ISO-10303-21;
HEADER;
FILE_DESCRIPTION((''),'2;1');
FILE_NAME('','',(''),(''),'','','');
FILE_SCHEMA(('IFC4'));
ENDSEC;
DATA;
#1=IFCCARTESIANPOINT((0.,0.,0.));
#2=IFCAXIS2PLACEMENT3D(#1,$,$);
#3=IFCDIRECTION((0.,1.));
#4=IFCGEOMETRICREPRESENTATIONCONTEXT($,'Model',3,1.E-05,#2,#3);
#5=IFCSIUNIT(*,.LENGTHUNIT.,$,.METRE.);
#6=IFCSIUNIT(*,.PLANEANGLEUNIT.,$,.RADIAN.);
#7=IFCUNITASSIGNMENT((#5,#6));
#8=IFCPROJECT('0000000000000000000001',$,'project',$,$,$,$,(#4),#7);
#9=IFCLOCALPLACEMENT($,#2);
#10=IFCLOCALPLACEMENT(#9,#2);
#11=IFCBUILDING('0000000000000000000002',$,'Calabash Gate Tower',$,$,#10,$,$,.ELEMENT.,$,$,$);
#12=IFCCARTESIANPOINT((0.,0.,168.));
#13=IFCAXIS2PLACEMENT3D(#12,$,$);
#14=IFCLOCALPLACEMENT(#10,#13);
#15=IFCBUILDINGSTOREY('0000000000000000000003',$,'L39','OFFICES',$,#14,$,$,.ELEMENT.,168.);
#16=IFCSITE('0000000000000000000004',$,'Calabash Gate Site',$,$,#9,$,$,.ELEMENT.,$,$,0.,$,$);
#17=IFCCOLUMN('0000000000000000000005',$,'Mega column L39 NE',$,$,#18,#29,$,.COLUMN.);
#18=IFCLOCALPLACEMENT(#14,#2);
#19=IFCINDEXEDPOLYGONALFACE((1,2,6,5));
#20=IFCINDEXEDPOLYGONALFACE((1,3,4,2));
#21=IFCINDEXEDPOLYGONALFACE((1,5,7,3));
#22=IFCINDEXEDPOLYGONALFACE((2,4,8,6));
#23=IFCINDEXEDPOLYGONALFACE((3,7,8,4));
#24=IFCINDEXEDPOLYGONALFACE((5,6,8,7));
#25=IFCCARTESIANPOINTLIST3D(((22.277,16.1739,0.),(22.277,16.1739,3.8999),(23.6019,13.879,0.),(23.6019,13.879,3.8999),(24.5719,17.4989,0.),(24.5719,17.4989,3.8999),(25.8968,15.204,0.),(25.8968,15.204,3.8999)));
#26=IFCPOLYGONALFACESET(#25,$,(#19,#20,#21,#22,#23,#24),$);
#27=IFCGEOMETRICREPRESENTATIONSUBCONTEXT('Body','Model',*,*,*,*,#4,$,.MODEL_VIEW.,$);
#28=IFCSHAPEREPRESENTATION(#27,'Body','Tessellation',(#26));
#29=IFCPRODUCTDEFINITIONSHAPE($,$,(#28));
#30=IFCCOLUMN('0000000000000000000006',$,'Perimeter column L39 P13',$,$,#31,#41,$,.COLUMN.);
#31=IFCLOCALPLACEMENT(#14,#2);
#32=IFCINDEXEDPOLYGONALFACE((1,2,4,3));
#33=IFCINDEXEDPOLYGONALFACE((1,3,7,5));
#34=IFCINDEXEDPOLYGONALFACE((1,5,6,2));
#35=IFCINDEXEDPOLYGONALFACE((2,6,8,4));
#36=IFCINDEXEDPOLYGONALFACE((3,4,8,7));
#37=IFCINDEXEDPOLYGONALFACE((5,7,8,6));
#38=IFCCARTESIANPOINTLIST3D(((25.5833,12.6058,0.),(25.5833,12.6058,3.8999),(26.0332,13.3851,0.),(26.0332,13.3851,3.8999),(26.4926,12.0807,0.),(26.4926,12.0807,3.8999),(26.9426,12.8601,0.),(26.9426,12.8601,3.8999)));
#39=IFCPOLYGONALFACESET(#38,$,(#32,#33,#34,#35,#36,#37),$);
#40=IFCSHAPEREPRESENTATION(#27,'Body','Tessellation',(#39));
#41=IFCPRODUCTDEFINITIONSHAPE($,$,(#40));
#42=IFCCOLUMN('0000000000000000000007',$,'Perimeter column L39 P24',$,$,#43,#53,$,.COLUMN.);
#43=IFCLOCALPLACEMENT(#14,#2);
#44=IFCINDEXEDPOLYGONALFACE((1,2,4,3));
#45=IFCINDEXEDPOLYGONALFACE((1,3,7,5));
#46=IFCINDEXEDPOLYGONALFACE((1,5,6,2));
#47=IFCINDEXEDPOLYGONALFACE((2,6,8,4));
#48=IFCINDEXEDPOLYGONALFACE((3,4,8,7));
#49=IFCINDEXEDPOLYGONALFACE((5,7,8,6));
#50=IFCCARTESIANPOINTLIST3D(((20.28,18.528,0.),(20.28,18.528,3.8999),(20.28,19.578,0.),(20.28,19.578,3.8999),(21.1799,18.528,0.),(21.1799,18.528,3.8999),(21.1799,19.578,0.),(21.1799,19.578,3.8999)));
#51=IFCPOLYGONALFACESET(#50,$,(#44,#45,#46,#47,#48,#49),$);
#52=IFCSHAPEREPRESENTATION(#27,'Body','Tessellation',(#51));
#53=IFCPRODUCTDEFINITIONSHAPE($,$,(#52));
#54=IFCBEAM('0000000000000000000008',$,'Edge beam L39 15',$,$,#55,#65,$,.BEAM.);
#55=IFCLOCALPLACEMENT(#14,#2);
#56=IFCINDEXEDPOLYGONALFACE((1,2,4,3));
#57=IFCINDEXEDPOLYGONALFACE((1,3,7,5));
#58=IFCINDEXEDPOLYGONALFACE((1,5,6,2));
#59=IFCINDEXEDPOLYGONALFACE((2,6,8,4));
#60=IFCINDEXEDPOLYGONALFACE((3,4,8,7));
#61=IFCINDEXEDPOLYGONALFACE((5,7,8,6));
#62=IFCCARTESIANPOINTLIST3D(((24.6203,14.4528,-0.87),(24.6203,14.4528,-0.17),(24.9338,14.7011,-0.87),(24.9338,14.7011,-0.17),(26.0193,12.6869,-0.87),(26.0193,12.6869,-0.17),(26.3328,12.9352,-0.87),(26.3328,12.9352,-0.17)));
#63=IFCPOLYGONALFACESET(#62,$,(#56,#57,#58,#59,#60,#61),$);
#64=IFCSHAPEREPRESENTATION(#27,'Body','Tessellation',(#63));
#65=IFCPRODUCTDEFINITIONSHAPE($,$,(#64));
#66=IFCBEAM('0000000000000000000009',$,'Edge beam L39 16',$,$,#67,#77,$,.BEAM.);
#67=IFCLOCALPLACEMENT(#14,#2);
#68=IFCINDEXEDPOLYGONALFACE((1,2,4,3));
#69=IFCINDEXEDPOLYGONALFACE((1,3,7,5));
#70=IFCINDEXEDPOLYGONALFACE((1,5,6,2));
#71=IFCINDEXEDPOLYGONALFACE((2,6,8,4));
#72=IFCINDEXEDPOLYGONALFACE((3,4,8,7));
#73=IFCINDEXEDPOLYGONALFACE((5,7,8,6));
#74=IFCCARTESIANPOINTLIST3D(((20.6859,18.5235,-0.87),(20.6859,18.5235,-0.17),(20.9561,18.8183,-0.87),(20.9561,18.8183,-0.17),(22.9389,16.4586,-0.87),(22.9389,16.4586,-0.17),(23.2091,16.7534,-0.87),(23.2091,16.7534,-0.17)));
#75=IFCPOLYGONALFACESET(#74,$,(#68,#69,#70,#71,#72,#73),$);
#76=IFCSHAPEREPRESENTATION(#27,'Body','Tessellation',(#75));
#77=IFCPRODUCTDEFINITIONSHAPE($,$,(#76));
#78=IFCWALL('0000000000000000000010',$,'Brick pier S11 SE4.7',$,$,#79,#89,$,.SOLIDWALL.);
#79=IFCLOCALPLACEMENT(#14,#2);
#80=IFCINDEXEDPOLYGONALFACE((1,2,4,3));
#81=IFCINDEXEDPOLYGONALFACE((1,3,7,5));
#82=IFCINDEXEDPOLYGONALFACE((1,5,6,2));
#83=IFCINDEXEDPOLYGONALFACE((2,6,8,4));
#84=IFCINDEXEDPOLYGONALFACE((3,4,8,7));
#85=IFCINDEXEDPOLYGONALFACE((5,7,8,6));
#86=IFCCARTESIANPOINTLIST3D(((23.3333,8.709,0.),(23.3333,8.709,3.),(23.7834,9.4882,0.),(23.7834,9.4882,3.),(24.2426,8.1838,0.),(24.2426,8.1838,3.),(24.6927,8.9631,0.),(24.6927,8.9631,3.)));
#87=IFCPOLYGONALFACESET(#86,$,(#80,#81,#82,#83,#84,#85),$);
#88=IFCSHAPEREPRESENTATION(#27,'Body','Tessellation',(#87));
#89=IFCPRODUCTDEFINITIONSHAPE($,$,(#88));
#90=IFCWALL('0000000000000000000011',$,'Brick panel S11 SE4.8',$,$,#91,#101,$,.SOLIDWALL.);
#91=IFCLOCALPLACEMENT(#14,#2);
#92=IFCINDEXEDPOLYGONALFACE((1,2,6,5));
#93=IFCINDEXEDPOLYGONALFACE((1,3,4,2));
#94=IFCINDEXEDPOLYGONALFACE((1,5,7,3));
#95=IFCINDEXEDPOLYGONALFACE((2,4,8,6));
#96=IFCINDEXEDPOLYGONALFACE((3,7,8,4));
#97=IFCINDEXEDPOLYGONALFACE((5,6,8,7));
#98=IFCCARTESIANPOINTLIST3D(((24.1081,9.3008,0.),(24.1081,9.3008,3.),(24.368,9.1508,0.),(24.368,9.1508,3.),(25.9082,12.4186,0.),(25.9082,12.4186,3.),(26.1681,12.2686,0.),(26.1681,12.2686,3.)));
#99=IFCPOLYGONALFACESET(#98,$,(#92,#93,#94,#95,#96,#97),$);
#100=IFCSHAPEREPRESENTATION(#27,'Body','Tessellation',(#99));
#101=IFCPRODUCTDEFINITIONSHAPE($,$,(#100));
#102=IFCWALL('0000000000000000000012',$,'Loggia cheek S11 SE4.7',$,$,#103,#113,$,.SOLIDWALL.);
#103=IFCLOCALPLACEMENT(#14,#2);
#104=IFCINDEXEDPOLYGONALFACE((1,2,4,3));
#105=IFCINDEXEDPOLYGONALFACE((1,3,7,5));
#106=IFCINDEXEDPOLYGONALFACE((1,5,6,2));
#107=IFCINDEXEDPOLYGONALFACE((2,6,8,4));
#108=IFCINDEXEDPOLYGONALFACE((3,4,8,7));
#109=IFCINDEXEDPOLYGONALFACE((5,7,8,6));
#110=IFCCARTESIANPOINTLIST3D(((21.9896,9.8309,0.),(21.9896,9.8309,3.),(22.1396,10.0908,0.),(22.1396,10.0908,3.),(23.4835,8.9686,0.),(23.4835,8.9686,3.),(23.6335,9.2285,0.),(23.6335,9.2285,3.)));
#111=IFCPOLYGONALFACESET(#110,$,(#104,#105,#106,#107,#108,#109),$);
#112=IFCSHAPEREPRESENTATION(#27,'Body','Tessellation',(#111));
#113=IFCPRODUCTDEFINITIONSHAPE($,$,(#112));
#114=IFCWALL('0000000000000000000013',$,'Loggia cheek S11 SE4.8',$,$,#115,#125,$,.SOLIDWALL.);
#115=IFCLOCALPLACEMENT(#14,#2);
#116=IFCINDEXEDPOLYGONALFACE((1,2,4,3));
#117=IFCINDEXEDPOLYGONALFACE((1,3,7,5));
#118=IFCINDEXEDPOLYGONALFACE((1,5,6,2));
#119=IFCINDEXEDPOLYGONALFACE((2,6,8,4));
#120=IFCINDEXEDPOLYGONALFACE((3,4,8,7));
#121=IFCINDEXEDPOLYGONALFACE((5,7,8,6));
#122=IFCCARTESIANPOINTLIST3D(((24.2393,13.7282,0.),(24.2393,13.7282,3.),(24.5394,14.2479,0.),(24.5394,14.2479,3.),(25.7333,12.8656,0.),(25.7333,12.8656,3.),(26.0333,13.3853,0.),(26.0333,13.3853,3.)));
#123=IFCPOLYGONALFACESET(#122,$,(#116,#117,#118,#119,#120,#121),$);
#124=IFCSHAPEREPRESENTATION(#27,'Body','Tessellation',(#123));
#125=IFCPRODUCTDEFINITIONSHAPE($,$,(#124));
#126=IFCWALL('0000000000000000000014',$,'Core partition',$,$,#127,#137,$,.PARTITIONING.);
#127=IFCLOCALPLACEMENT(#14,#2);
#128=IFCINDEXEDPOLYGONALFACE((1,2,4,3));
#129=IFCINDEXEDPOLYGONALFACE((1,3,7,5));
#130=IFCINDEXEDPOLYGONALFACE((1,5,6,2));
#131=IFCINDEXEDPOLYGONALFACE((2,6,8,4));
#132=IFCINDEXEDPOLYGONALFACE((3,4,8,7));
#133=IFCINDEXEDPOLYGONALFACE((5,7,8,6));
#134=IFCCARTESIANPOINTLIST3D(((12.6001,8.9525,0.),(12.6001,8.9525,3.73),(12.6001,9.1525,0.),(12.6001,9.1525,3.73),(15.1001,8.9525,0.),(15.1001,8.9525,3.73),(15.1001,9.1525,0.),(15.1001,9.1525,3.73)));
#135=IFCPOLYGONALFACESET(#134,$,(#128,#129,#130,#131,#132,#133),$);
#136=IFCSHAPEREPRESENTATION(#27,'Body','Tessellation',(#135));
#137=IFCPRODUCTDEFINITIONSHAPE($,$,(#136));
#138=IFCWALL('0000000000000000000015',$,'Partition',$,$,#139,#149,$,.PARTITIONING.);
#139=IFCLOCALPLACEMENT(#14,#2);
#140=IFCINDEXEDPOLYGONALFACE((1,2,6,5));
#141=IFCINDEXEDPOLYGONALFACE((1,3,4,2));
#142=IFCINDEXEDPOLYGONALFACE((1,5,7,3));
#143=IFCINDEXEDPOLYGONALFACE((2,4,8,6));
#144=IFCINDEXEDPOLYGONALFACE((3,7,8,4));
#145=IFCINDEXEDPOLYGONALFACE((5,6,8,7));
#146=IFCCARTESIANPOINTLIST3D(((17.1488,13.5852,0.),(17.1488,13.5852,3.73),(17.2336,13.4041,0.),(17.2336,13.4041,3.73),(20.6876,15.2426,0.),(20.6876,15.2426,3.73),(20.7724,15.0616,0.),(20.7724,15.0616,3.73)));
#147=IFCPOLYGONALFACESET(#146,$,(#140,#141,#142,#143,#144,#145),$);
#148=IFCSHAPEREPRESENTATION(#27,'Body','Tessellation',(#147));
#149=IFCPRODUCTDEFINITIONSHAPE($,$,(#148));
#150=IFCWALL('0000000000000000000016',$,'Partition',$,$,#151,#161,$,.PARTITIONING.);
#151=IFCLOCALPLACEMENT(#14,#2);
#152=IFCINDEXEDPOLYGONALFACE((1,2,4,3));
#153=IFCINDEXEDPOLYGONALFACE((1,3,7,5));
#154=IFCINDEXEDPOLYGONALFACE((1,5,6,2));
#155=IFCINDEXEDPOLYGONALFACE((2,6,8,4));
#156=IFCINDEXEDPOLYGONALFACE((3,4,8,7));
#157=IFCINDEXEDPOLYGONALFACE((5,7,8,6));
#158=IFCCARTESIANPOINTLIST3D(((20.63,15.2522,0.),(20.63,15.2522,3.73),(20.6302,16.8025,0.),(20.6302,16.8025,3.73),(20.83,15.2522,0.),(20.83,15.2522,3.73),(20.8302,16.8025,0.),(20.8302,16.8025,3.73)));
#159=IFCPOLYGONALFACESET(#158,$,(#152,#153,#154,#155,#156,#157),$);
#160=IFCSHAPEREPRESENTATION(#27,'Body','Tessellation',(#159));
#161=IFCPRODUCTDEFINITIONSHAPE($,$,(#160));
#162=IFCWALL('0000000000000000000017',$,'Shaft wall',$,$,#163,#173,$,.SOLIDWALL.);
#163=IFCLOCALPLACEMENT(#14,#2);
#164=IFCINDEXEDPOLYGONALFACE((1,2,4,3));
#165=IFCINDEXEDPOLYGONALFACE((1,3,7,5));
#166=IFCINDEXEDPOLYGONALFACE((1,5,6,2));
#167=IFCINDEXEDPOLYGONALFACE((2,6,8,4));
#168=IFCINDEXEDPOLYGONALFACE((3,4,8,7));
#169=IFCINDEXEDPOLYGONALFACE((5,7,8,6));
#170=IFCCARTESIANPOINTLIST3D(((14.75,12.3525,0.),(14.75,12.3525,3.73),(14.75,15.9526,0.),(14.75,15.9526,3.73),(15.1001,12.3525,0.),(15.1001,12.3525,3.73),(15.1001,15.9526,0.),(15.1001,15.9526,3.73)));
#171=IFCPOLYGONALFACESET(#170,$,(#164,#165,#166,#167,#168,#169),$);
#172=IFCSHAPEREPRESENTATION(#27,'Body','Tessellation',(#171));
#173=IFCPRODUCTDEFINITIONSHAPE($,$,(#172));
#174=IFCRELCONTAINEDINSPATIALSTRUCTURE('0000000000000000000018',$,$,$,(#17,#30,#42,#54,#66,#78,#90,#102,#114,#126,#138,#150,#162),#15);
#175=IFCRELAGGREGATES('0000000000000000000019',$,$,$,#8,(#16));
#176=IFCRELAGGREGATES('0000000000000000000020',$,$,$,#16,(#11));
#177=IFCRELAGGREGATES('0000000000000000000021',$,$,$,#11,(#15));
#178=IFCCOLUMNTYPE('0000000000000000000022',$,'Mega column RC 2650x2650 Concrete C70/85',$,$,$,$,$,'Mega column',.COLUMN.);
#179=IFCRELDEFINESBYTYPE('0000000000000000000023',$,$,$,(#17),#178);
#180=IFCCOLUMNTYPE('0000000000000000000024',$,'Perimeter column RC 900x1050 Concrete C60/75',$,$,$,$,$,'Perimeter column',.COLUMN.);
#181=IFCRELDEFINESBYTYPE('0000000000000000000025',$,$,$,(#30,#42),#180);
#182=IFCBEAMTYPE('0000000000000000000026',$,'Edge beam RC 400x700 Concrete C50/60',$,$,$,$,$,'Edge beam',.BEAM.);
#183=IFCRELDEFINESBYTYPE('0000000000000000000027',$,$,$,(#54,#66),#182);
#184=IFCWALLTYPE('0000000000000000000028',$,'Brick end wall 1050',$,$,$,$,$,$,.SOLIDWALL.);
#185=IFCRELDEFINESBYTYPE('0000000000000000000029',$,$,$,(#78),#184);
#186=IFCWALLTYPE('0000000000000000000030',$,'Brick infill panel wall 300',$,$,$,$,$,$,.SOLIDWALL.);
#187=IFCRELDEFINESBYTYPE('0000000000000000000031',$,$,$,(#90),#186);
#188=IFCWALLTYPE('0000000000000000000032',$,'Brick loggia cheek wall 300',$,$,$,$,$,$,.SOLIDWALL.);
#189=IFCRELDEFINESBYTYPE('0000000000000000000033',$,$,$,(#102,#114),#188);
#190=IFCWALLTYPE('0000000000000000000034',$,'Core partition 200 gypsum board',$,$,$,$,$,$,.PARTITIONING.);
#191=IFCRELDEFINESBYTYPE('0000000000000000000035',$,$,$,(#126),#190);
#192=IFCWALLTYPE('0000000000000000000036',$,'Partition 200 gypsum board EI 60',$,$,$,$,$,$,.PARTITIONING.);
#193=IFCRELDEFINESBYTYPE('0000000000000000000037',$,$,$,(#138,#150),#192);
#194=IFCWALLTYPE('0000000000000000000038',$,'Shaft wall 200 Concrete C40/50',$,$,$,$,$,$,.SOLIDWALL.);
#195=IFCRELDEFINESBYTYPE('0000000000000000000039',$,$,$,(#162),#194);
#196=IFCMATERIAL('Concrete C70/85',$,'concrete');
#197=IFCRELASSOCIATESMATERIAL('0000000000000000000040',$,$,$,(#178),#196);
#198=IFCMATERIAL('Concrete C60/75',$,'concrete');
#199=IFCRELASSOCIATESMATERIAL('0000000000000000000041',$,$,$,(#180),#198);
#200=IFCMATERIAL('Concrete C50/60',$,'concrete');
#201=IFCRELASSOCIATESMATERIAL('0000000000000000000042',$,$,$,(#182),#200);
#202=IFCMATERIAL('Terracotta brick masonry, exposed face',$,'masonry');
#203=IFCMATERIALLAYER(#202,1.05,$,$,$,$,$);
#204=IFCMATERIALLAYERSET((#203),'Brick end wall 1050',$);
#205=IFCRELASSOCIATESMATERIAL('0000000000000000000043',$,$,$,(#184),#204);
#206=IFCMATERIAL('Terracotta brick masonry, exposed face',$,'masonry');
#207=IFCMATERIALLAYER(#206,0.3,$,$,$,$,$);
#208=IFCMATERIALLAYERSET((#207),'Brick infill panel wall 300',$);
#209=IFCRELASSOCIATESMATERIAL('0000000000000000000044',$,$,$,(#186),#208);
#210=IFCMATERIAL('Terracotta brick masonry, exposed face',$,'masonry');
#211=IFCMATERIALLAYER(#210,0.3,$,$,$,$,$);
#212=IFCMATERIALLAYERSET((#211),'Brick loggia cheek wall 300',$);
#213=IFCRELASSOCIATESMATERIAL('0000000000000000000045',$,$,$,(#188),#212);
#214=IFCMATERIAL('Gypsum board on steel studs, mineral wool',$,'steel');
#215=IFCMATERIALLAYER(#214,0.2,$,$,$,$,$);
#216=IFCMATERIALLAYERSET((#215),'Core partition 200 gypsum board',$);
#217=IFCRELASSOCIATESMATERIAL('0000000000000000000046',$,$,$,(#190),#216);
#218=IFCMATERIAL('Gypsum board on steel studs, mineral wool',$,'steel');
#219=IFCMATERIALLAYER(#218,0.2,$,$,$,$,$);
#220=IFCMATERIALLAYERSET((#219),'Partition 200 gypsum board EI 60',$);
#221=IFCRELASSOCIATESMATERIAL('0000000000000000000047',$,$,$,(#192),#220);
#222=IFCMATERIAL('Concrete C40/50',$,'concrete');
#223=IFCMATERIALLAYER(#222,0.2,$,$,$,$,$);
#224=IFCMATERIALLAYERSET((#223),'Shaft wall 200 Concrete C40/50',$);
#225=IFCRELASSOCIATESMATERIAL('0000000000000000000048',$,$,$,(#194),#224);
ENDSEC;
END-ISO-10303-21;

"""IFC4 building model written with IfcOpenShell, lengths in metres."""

from ifc_helpers import new_model, si_unit, direction, frame, frame_2d, origin, origin_2d, place, context, subcontext, project, spatial, rectangle, extrude, material, layer, layer_set, material_profile, profile_set, type_object, element, save


model = new_model("IFC4")

# Units and contexts
model_context = context("Model", 3, precision=1e-05, world=origin(), true_north=direction((0.0, 1.0)))
body_context = subcontext(model_context, "Body", "Model", "MODEL_VIEW")
ifc_project = project(units=[si_unit("LENGTHUNIT", "METRE"), si_unit("PLANEANGLEUNIT", "RADIAN")], contexts=[model_context])

# Site, building, storey
site_placement = place(None, origin())
site = spatial("IfcSite", under=ifc_project, at=site_placement, Name="Calabash Gate Site", CompositionType="ELEMENT", RefElevation=0.0)
building_placement = place(site_placement, origin())
building = spatial("IfcBuilding", under=site, at=building_placement, Name="Calabash Gate Tower", CompositionType="ELEMENT")
storey_placement = place(building_placement, frame((0.0, 0.0, 168.0)))
storey = spatial("IfcBuildingStorey", under=building, at=storey_placement, Name="L39", Description="OFFICES", CompositionType="ELEMENT", Elevation=168.0)

# Columns
ifc_material_1 = material(Name="Concrete C70/85", Category="concrete")
ifc_material_profile_1 = material_profile(ifc_material_1, rectangle(XDim=2.6499, YDim=2.6499, at=origin_2d()))
ifc_profile_set_1 = profile_set([ifc_material_profile_1], Name="Concrete C70/85")
column_type_1 = type_object("IfcColumnType", Name="Mega column RC 2650x2650 Concrete C70/85", ElementType="Mega column", PredefinedType="COLUMN", material=ifc_profile_set_1)
column_placement = place(storey_placement, frame((24.0869, 15.689, 0.0), z_axis=(0.0, 0.0, 1.0), x_axis=(-0.866025, -0.5, 0.0)))
element("IfcColumn", 1, at=column_placement, inside=storey, type_object=column_type_1, Name="Mega column L39 NE", PredefinedType="COLUMN", context=body_context, shape_type="SweptSolid", body=[
    extrude(rectangle(XDim=2.6499, YDim=2.6499, at=origin_2d()), origin(), (0.0, 0.0, 1.0), 3.8999),
])
ifc_material_2 = material(Name="Concrete C60/75", Category="concrete")
ifc_material_profile_2 = material_profile(ifc_material_2, rectangle(XDim=0.8999, YDim=1.05, at=origin_2d()))
ifc_profile_set_2 = profile_set([ifc_material_profile_2], Name="Concrete C60/75")
column_type_2 = type_object("IfcColumnType", Name="Perimeter column RC 900x1050 Concrete C60/75", ElementType="Perimeter column", PredefinedType="COLUMN", material=ifc_profile_set_2)
for number, where, z_axis, x_axis, name in (
    (2, (26.2629, 12.7329, 0.0), (0.0, 0.0, 1.0), (0.5, 0.866025, 0.0), "Perimeter column L39 P13"),
    (3, (20.73, 19.053, 0.0), (0.0, 0.0, 1.0), (-1.0, 0.0, 0.0), "Perimeter column L39 P24"),
):
    element("IfcColumn", number, at=place(storey_placement, frame(where, z_axis=z_axis, x_axis=x_axis)), inside=storey, type_object=column_type_2, Name=name, PredefinedType="COLUMN", context=body_context, shape_type="SweptSolid", body=[
        extrude(rectangle(XDim=0.8999, YDim=1.05, at=origin_2d()), origin(), (0.0, 0.0, 1.0), 3.8999),
    ])

# Beams
ifc_material_3 = material(Name="Concrete C50/60", Category="concrete")
ifc_material_profile_3 = material_profile(ifc_material_3, rectangle(XDim=0.3999, YDim=0.7, at=origin_2d()))
ifc_profile_set_3 = profile_set([ifc_material_profile_3], Name="Concrete C50/60")
beam_type = type_object("IfcBeamType", Name="Edge beam RC 400x700 Concrete C50/60", ElementType="Edge beam", PredefinedType="BEAM", material=ifc_profile_set_3)
beam_1_placement = place(storey_placement, frame((26.176, 12.811, -0.52), z_axis=(-0.620961, 0.783841, 0.0), x_axis=(-0.783841, -0.620961, 0.0)))
element("IfcBeam", 4, at=beam_1_placement, inside=storey, type_object=beam_type, Name="Edge beam L39 15", PredefinedType="BEAM", context=body_context, shape_type="SweptSolid", body=[
    extrude(rectangle(XDim=0.3999, YDim=0.7, at=origin_2d()), origin(), (0.0, 0.0, 1.0), 2.2529),
])
beam_2_placement = place(storey_placement, frame((23.074, 16.606, -0.52), z_axis=(-0.737194, 0.675681, 0.0), x_axis=(-0.675681, -0.737194, 0.0)))
element("IfcBeam", 5, at=beam_2_placement, inside=storey, type_object=beam_type, Name="Edge beam L39 16", PredefinedType="BEAM", context=body_context, shape_type="SweptSolid", body=[
    extrude(rectangle(XDim=0.3999, YDim=0.7, at=origin_2d()), origin(), (0.0, 0.0, 1.0), 3.0562),
])

# Walls
ifc_material_4 = material(Name="Terracotta brick masonry, exposed face", Category="masonry")
ifc_layer_1 = layer(ifc_material_4, 1.05)
ifc_layer_set_1 = layer_set([ifc_layer_1], Name="Brick end wall 1050")
wall_type_1 = type_object("IfcWallType", Name="Brick end wall 1050", PredefinedType="SOLIDWALL", material=ifc_layer_set_1)
wall_1_placement = place(storey_placement, frame((24.4675, 8.5735, 0.0), z_axis=(0.0, 0.0, 1.0), x_axis=(-0.86593, 0.500165, 0.0)))
element("IfcWall", 6, at=wall_1_placement, inside=storey, type_object=wall_type_1, Name="Brick pier S11 SE4.7", PredefinedType="SOLIDWALL", context=body_context, shape_type="SweptSolid", body=[
    extrude(rectangle(XDim=1.05, YDim=0.8999, at=frame_2d((0.5249, 0.0))), origin(), (0.0, 0.0, 1.0), 3.0),
])
ifc_material_5 = material(Name="Terracotta brick masonry, exposed face", Category="masonry")
ifc_layer_2 = layer(ifc_material_5, 0.3)
ifc_layer_set_2 = layer_set([ifc_layer_2], Name="Brick infill panel wall 300")
wall_type_2 = type_object("IfcWallType", Name="Brick infill panel wall 300", PredefinedType="SOLIDWALL", material=ifc_layer_set_2)
wall_2_placement = place(storey_placement, frame((24.238, 9.2258, 0.0), z_axis=(0.0, 0.0, 1.0), x_axis=(0.500012, 0.866018, 0.0)))
element("IfcWall", 7, at=wall_2_placement, inside=storey, type_object=wall_type_2, Name="Brick panel S11 SE4.8", PredefinedType="SOLIDWALL", context=body_context, shape_type="SweptSolid", body=[
    extrude(rectangle(XDim=3.6001, YDim=0.3, at=frame_2d((1.8, 0.0))), origin(), (0.0, 0.0, 1.0), 3.0),
])
ifc_material_6 = material(Name="Terracotta brick masonry, exposed face", Category="masonry")
ifc_layer_3 = layer(ifc_material_6, 0.3)
ifc_layer_set_3 = layer_set([ifc_layer_3], Name="Brick loggia cheek wall 300")
wall_type_3 = type_object("IfcWallType", Name="Brick loggia cheek wall 300", PredefinedType="SOLIDWALL", material=ifc_layer_set_3)
wall_3_placement = place(storey_placement, frame((23.5583, 9.0986, 0.0), z_axis=(0.0, 0.0, 1.0), x_axis=(-0.866075, 0.499914, 0.0)))
element("IfcWall", 8, at=wall_3_placement, inside=storey, type_object=wall_type_3, Name="Loggia cheek S11 SE4.7", PredefinedType="SOLIDWALL", context=body_context, shape_type="SweptSolid", body=[
    extrude(rectangle(XDim=1.7249, YDim=0.3, at=frame_2d((0.8623, 0.0))), origin(), (0.0, 0.0, 1.0), 3.0),
])
wall_4_placement = place(storey_placement, frame((25.8833, 13.1255, 0.0), z_axis=(0.0, 0.0, 1.0), x_axis=(-0.866014, 0.500021, 0.0)))
element("IfcWall", 9, at=wall_4_placement, inside=storey, type_object=wall_type_3, Name="Loggia cheek S11 SE4.8", PredefinedType="SOLIDWALL", context=body_context, shape_type="SweptSolid", body=[
    extrude(rectangle(XDim=1.7251, YDim=0.6001, at=frame_2d((0.8625, 0.0))), origin(), (0.0, 0.0, 1.0), 3.0),
])
ifc_material_7 = material(Name="Gypsum board on steel studs, mineral wool", Category="steel")
ifc_layer_4 = layer(ifc_material_7, 0.2)
ifc_layer_set_4 = layer_set([ifc_layer_4], Name="Core partition 200 gypsum board")
wall_type_4 = type_object("IfcWallType", Name="Core partition 200 gypsum board", PredefinedType="PARTITIONING", material=ifc_layer_set_4)
wall_5_placement = place(storey_placement, frame((12.6001, 9.0525, 0.0), z_axis=(0.0, 0.0, 1.0), x_axis=(1.0, 0.0, 0.0)))
element("IfcWall", 10, at=wall_5_placement, inside=storey, type_object=wall_type_4, Name="Core partition", PredefinedType="PARTITIONING", context=body_context, shape_type="SweptSolid", body=[
    extrude(rectangle(XDim=2.5, YDim=0.2, at=frame_2d((1.25, 0.0))), origin(), (0.0, 0.0, 1.0), 3.73),
])
ifc_material_8 = material(Name="Gypsum board on steel studs, mineral wool", Category="steel")
ifc_layer_5 = layer(ifc_material_8, 0.2)
ifc_layer_set_5 = layer_set([ifc_layer_5], Name="Partition 200 gypsum board EI 60")
wall_type_5 = type_object("IfcWallType", Name="Partition 200 gypsum board EI 60", PredefinedType="PARTITIONING", material=ifc_layer_set_5)
wall_6_placement = place(storey_placement, frame((17.1912, 13.4946, 0.0), z_axis=(0.0, 0.0, 1.0), x_axis=(0.905592, 0.424151, 0.0)))
element("IfcWall", 11, at=wall_6_placement, inside=storey, type_object=wall_type_5, Name="Partition", PredefinedType="PARTITIONING", context=body_context, shape_type="SweptSolid", body=[
    extrude(rectangle(XDim=3.9077, YDim=0.2, at=frame_2d((1.9539, 0.0))), origin(), (0.0, 0.0, 1.0), 3.73),
])
wall_7_placement = place(storey_placement, frame((20.73, 15.2522, 0.0), z_axis=(0.0, 0.0, 1.0), x_axis=(0.000157, 1.0, 0.0)))
element("IfcWall", 12, at=wall_7_placement, inside=storey, type_object=wall_type_5, Name="Partition", PredefinedType="PARTITIONING", context=body_context, shape_type="SweptSolid", body=[
    extrude(rectangle(XDim=1.5503, YDim=0.2, at=frame_2d((0.7751, 0.0))), origin(), (0.0, 0.0, 1.0), 3.73),
])
ifc_material_9 = material(Name="Concrete C40/50", Category="concrete")
ifc_layer_6 = layer(ifc_material_9, 0.2)
ifc_layer_set_6 = layer_set([ifc_layer_6], Name="Shaft wall 200 Concrete C40/50")
wall_type_6 = type_object("IfcWallType", Name="Shaft wall 200 Concrete C40/50", PredefinedType="SOLIDWALL", material=ifc_layer_set_6)
wall_8_placement = place(storey_placement, frame((14.925, 12.3525, 0.0), z_axis=(0.0, 0.0, 1.0), x_axis=(0.0, 1.0, 0.0)))
element("IfcWall", 13, at=wall_8_placement, inside=storey, type_object=wall_type_6, Name="Shaft wall", PredefinedType="SOLIDWALL", context=body_context, shape_type="SweptSolid", body=[
    extrude(rectangle(XDim=3.6001, YDim=0.3501, at=frame_2d((1.8, 0.0))), origin(), (0.0, 0.0, 1.0), 3.73),
])

save(model, "model.ifc")
